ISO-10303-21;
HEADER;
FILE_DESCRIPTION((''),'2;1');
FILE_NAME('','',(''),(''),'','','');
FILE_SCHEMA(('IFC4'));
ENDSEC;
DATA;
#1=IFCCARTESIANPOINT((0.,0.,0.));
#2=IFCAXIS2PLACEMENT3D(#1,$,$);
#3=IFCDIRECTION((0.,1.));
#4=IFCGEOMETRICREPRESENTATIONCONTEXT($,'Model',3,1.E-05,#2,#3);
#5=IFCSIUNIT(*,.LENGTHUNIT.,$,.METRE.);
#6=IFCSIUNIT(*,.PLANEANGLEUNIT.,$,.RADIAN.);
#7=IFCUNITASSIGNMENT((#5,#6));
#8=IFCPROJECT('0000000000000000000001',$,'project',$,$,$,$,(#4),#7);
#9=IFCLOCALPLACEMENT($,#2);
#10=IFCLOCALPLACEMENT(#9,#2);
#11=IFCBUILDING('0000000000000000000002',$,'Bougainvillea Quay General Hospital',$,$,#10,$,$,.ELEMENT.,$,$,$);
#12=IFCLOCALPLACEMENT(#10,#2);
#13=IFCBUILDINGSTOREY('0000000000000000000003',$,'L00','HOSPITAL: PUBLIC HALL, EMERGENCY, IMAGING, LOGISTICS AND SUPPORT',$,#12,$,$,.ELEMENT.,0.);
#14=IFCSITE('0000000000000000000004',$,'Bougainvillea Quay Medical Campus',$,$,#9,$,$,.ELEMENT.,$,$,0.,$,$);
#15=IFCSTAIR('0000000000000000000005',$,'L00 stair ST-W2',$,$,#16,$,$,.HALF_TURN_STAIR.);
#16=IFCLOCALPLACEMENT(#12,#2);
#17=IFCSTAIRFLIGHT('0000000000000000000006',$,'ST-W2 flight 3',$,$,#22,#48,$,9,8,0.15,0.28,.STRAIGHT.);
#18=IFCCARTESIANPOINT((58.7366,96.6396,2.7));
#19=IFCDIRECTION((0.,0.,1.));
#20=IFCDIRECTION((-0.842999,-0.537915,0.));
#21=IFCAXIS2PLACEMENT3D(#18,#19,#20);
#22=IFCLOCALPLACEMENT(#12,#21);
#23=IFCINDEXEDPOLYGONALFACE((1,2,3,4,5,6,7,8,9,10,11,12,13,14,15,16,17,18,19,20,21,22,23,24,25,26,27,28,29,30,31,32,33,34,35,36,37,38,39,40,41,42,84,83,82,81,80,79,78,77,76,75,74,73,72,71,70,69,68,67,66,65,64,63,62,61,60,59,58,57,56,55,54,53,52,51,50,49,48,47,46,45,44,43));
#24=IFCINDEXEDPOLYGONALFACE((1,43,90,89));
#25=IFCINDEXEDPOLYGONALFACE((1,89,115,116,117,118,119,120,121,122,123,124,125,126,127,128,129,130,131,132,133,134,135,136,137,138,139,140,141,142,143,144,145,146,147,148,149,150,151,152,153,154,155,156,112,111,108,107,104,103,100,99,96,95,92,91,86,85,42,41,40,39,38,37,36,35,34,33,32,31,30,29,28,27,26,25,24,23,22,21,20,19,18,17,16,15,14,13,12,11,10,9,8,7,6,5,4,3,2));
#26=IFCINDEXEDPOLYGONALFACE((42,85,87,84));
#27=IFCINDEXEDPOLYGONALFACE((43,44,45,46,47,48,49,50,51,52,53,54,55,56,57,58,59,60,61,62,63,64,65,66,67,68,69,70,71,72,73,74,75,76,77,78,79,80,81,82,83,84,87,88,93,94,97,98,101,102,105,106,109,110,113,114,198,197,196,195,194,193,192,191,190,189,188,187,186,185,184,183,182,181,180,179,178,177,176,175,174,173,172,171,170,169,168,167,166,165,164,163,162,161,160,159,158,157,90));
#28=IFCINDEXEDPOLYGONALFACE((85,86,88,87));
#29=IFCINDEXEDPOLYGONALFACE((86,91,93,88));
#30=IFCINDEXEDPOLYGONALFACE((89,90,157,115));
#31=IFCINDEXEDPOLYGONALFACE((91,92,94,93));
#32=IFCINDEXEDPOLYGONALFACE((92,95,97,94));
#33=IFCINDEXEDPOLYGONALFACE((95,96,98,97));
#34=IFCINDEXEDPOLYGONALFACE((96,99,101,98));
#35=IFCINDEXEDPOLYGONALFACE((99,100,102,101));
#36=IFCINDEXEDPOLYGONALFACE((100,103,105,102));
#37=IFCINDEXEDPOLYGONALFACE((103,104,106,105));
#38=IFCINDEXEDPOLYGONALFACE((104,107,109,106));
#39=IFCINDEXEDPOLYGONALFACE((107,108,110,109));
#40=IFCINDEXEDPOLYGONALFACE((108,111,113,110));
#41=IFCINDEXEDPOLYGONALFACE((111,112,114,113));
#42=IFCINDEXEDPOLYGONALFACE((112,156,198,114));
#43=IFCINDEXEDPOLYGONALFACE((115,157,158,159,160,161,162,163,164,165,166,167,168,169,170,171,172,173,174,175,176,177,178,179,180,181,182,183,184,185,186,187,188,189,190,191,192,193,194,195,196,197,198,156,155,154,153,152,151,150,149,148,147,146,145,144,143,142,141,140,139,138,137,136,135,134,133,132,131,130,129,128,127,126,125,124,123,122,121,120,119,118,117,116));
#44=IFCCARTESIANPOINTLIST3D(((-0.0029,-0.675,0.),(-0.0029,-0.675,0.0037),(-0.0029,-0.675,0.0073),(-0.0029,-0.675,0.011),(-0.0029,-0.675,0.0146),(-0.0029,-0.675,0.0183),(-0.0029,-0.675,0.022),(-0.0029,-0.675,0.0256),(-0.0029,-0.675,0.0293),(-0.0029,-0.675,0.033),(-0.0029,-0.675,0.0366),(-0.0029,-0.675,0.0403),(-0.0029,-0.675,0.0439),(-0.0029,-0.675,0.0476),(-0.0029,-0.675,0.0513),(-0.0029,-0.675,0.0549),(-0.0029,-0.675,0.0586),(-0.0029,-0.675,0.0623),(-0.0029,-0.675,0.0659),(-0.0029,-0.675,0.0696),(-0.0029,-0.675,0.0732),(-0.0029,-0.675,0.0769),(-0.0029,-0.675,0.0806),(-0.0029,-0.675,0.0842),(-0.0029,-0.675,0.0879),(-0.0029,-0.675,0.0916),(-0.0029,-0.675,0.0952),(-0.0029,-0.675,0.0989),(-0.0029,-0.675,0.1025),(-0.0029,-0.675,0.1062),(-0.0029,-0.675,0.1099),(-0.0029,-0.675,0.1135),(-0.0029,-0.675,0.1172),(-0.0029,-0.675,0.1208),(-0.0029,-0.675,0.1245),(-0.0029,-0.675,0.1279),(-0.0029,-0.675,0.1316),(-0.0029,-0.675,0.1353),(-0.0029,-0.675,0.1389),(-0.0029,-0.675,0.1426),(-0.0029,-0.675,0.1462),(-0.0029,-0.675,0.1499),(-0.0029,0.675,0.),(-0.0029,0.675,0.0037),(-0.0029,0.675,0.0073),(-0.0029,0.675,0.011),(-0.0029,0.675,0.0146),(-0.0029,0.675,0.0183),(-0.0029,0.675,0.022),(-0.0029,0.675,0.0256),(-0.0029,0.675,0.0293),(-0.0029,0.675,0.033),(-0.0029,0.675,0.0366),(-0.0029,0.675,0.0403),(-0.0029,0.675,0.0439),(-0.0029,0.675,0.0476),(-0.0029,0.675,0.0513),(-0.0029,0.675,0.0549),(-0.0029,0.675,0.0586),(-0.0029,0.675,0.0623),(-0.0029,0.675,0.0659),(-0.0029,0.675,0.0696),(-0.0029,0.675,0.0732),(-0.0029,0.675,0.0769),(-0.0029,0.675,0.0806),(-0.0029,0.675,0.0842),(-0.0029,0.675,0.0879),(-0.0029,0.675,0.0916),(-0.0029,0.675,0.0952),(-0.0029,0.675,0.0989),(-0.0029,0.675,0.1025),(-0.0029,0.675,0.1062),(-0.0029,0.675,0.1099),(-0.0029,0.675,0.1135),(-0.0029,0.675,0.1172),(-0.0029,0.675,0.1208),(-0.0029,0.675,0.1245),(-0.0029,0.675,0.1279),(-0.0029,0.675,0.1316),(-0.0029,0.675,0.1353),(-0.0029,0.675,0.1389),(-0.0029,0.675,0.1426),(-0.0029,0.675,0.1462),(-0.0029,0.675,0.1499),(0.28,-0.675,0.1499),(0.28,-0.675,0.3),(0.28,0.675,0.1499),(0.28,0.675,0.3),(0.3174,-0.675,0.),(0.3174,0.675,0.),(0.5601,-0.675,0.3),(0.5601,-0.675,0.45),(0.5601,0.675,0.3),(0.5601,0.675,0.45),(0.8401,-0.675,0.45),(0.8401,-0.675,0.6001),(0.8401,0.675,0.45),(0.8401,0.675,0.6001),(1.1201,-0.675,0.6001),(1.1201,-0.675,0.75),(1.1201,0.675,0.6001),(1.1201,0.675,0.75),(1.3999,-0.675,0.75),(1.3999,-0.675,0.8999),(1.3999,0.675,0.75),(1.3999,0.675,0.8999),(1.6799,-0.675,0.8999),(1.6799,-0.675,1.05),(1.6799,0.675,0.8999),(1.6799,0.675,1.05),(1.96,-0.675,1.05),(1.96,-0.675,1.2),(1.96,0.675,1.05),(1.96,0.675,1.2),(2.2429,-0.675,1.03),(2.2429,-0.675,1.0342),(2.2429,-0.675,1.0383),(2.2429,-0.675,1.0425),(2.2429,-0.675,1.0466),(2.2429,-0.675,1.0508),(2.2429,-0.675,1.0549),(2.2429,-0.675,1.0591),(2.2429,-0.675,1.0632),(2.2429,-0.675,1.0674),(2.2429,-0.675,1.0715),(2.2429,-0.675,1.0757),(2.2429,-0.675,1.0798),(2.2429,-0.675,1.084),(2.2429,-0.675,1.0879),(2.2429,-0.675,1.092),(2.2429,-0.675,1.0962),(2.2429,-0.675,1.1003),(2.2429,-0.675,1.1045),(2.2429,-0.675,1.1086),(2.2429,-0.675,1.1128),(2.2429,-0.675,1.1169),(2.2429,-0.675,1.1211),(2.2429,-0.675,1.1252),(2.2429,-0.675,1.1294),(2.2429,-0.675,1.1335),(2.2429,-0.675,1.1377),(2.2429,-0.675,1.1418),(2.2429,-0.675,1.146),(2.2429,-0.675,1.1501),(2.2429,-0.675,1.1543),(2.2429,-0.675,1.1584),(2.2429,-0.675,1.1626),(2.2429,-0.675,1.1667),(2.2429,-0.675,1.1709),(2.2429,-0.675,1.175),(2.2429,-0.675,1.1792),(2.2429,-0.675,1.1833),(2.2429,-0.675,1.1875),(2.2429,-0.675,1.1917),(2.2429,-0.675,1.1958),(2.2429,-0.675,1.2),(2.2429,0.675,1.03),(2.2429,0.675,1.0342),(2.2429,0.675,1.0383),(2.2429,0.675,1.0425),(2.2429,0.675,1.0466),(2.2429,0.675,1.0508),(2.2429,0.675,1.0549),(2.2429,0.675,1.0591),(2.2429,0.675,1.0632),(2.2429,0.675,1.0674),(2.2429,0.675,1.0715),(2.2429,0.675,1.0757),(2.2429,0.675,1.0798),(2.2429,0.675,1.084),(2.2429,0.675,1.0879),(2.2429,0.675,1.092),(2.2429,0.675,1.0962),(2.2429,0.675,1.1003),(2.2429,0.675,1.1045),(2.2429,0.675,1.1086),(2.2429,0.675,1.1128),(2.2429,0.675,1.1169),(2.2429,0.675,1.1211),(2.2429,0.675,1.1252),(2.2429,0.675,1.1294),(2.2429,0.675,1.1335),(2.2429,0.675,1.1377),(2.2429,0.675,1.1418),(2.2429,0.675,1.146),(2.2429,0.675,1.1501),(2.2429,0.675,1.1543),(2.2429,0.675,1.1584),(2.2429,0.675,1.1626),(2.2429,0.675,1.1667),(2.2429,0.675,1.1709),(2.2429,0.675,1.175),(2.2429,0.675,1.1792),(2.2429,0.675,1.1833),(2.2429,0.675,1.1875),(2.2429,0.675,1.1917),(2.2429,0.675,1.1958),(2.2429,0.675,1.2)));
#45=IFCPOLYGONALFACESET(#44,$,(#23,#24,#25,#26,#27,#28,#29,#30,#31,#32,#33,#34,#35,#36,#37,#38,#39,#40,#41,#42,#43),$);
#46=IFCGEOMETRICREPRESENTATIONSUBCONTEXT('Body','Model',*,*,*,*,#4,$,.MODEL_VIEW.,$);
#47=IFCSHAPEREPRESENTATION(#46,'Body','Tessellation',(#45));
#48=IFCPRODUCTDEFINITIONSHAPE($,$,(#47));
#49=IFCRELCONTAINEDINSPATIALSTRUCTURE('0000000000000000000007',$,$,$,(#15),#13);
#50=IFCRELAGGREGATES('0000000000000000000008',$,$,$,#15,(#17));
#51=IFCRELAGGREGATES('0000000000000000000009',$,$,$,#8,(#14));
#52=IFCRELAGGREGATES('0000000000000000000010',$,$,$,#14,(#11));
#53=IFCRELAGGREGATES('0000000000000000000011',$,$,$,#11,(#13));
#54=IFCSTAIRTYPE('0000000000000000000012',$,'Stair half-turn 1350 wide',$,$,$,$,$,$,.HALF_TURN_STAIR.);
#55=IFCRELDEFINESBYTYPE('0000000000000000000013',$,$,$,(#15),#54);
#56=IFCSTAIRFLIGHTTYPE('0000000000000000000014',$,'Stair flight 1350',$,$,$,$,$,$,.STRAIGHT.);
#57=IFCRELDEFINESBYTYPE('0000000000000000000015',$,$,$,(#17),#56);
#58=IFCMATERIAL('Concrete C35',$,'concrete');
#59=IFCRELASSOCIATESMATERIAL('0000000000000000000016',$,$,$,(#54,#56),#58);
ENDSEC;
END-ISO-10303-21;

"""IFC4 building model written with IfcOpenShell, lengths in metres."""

from ifc_helpers import new_model, si_unit, direction, frame, origin, place, context, subcontext, project, spatial, polyline, outline, extrude, material, type_object, element, aggregate, save


model = new_model("IFC4")

# Units and contexts
model_context = context("Model", 3, precision=1e-05, world=origin(), true_north=direction((0.0, 1.0)))
body_context = subcontext(model_context, "Body", "Model", "MODEL_VIEW")
ifc_project = project(units=[si_unit("LENGTHUNIT", "METRE"), si_unit("PLANEANGLEUNIT", "RADIAN")], contexts=[model_context])

# Site, building, storey
site_placement = place(None, origin())
site = spatial("IfcSite", under=ifc_project, at=site_placement, Name="Bougainvillea Quay Medical Campus", CompositionType="ELEMENT", RefElevation=0.0)
building_placement = place(site_placement, origin())
building = spatial("IfcBuilding", under=site, at=building_placement, Name="Bougainvillea Quay General Hospital", CompositionType="ELEMENT")
storey_placement = place(building_placement, origin())
storey = spatial("IfcBuildingStorey", under=building, at=storey_placement, Name="L00", Description="HOSPITAL: PUBLIC HALL, EMERGENCY, IMAGING, LOGISTICS AND SUPPORT", CompositionType="ELEMENT", Elevation=0.0)

# Stair, stair flight
ifc_material_1 = material(Name="Concrete C35", Category="concrete")
stair_type = type_object("IfcStairType", Name="Stair half-turn 1350 wide", PredefinedType="HALF_TURN_STAIR", material=ifc_material_1)
stair_placement = place(storey_placement, origin())
stair = element("IfcStair", 1, at=stair_placement, inside=storey, type_object=stair_type, Name="L00 stair ST-W2", PredefinedType="HALF_TURN_STAIR")
stair_flight_type = type_object("IfcStairFlightType", Name="Stair flight 1350", PredefinedType="STRAIGHT", material=ifc_material_1)
stair_flight_1_placement = place(storey_placement, frame((58.7366, 96.6396, 2.7), z_axis=(0.0, 0.0, 1.0), x_axis=(-0.842999, -0.537915, 0.0)))
stair_flight_1 = element("IfcStairFlight", 2, at=stair_flight_1_placement, type_object=stair_flight_type, Name="ST-W2 flight 3", NumberOfRisers=9, NumberOfTreads=8, PredefinedType="STRAIGHT", RiserHeight=0.15, TreadLength=0.28, context=body_context, shape_type="SweptSolid", body=[
    extrude(outline(polyline([(-0.0029, 0.0), (-0.0029, 0.0037), (-0.0029, 0.0073), (-0.0029, 0.011), (-0.0029, 0.0146), (-0.0029, 0.0183), (-0.0029, 0.022), (-0.0029, 0.0256), (-0.0029, 0.0293), (-0.0029, 0.033), (-0.0029, 0.0366), (-0.0029, 0.0403), (-0.0029, 0.0439), (-0.0029, 0.0476), (-0.0029, 0.0513), (-0.0029, 0.0549), (-0.0029, 0.0586), (-0.0029, 0.0623), (-0.0029, 0.0659), (-0.0029, 0.0696), (-0.0029, 0.0732), (-0.0029, 0.0769), (-0.0029, 0.0806), (-0.0029, 0.0842), (-0.0029, 0.0879), (-0.0029, 0.0916), (-0.0029, 0.0952), (-0.0029, 0.0989), (-0.0029, 0.1025), (-0.0029, 0.1062), (-0.0029, 0.1099), (-0.0029, 0.1135), (-0.0029, 0.1172), (-0.0029, 0.1208), (-0.0029, 0.1245), (-0.0029, 0.1279), (-0.0029, 0.1316), (-0.0029, 0.1353), (-0.0029, 0.1389), (-0.0029, 0.1426), (-0.0029, 0.1462), (-0.0029, 0.1499), (0.28, 0.1499), (0.28, 0.3), (0.5601, 0.3), (0.5601, 0.45), (0.8401, 0.45), (0.8401, 0.6001), (1.1201, 0.6001), (1.1201, 0.75), (1.3999, 0.75), (1.3999, 0.8999), (1.6799, 0.8999), (1.6799, 1.05), (1.96, 1.05), (1.96, 1.2), (2.2429, 1.2), (2.2429, 1.1958), (2.2429, 1.1917), (2.2429, 1.1875), (2.2429, 1.1833), (2.2429, 1.1792), (2.2429, 1.175), (2.2429, 1.1709), (2.2429, 1.1667), (2.2429, 1.1626), (2.2429, 1.1584), (2.2429, 1.1543), (2.2429, 1.1501), (2.2429, 1.146), (2.2429, 1.1418), (2.2429, 1.1377), (2.2429, 1.1335), (2.2429, 1.1294), (2.2429, 1.1252), (2.2429, 1.1211), (2.2429, 1.1169), (2.2429, 1.1128), (2.2429, 1.1086), (2.2429, 1.1045), (2.2429, 1.1003), (2.2429, 1.0962), (2.2429, 1.092), (2.2429, 1.0879), (2.2429, 1.084), (2.2429, 1.0798), (2.2429, 1.0757), (2.2429, 1.0715), (2.2429, 1.0674), (2.2429, 1.0632), (2.2429, 1.0591), (2.2429, 1.0549), (2.2429, 1.0508), (2.2429, 1.0466), (2.2429, 1.0425), (2.2429, 1.0383), (2.2429, 1.0342), (2.2429, 1.03), (0.3174, 0.0), (-0.0029, 0.0)])), frame((0.0, 0.675, 0.0), z_axis=(0.0, -1.0, 0.0), x_axis=(1.0, 0.0, 0.0)), (0.0, 0.0, 1.0), 1.3501),
])
aggregate(stair, [stair_flight_1])

save(model, "model.ifc")
